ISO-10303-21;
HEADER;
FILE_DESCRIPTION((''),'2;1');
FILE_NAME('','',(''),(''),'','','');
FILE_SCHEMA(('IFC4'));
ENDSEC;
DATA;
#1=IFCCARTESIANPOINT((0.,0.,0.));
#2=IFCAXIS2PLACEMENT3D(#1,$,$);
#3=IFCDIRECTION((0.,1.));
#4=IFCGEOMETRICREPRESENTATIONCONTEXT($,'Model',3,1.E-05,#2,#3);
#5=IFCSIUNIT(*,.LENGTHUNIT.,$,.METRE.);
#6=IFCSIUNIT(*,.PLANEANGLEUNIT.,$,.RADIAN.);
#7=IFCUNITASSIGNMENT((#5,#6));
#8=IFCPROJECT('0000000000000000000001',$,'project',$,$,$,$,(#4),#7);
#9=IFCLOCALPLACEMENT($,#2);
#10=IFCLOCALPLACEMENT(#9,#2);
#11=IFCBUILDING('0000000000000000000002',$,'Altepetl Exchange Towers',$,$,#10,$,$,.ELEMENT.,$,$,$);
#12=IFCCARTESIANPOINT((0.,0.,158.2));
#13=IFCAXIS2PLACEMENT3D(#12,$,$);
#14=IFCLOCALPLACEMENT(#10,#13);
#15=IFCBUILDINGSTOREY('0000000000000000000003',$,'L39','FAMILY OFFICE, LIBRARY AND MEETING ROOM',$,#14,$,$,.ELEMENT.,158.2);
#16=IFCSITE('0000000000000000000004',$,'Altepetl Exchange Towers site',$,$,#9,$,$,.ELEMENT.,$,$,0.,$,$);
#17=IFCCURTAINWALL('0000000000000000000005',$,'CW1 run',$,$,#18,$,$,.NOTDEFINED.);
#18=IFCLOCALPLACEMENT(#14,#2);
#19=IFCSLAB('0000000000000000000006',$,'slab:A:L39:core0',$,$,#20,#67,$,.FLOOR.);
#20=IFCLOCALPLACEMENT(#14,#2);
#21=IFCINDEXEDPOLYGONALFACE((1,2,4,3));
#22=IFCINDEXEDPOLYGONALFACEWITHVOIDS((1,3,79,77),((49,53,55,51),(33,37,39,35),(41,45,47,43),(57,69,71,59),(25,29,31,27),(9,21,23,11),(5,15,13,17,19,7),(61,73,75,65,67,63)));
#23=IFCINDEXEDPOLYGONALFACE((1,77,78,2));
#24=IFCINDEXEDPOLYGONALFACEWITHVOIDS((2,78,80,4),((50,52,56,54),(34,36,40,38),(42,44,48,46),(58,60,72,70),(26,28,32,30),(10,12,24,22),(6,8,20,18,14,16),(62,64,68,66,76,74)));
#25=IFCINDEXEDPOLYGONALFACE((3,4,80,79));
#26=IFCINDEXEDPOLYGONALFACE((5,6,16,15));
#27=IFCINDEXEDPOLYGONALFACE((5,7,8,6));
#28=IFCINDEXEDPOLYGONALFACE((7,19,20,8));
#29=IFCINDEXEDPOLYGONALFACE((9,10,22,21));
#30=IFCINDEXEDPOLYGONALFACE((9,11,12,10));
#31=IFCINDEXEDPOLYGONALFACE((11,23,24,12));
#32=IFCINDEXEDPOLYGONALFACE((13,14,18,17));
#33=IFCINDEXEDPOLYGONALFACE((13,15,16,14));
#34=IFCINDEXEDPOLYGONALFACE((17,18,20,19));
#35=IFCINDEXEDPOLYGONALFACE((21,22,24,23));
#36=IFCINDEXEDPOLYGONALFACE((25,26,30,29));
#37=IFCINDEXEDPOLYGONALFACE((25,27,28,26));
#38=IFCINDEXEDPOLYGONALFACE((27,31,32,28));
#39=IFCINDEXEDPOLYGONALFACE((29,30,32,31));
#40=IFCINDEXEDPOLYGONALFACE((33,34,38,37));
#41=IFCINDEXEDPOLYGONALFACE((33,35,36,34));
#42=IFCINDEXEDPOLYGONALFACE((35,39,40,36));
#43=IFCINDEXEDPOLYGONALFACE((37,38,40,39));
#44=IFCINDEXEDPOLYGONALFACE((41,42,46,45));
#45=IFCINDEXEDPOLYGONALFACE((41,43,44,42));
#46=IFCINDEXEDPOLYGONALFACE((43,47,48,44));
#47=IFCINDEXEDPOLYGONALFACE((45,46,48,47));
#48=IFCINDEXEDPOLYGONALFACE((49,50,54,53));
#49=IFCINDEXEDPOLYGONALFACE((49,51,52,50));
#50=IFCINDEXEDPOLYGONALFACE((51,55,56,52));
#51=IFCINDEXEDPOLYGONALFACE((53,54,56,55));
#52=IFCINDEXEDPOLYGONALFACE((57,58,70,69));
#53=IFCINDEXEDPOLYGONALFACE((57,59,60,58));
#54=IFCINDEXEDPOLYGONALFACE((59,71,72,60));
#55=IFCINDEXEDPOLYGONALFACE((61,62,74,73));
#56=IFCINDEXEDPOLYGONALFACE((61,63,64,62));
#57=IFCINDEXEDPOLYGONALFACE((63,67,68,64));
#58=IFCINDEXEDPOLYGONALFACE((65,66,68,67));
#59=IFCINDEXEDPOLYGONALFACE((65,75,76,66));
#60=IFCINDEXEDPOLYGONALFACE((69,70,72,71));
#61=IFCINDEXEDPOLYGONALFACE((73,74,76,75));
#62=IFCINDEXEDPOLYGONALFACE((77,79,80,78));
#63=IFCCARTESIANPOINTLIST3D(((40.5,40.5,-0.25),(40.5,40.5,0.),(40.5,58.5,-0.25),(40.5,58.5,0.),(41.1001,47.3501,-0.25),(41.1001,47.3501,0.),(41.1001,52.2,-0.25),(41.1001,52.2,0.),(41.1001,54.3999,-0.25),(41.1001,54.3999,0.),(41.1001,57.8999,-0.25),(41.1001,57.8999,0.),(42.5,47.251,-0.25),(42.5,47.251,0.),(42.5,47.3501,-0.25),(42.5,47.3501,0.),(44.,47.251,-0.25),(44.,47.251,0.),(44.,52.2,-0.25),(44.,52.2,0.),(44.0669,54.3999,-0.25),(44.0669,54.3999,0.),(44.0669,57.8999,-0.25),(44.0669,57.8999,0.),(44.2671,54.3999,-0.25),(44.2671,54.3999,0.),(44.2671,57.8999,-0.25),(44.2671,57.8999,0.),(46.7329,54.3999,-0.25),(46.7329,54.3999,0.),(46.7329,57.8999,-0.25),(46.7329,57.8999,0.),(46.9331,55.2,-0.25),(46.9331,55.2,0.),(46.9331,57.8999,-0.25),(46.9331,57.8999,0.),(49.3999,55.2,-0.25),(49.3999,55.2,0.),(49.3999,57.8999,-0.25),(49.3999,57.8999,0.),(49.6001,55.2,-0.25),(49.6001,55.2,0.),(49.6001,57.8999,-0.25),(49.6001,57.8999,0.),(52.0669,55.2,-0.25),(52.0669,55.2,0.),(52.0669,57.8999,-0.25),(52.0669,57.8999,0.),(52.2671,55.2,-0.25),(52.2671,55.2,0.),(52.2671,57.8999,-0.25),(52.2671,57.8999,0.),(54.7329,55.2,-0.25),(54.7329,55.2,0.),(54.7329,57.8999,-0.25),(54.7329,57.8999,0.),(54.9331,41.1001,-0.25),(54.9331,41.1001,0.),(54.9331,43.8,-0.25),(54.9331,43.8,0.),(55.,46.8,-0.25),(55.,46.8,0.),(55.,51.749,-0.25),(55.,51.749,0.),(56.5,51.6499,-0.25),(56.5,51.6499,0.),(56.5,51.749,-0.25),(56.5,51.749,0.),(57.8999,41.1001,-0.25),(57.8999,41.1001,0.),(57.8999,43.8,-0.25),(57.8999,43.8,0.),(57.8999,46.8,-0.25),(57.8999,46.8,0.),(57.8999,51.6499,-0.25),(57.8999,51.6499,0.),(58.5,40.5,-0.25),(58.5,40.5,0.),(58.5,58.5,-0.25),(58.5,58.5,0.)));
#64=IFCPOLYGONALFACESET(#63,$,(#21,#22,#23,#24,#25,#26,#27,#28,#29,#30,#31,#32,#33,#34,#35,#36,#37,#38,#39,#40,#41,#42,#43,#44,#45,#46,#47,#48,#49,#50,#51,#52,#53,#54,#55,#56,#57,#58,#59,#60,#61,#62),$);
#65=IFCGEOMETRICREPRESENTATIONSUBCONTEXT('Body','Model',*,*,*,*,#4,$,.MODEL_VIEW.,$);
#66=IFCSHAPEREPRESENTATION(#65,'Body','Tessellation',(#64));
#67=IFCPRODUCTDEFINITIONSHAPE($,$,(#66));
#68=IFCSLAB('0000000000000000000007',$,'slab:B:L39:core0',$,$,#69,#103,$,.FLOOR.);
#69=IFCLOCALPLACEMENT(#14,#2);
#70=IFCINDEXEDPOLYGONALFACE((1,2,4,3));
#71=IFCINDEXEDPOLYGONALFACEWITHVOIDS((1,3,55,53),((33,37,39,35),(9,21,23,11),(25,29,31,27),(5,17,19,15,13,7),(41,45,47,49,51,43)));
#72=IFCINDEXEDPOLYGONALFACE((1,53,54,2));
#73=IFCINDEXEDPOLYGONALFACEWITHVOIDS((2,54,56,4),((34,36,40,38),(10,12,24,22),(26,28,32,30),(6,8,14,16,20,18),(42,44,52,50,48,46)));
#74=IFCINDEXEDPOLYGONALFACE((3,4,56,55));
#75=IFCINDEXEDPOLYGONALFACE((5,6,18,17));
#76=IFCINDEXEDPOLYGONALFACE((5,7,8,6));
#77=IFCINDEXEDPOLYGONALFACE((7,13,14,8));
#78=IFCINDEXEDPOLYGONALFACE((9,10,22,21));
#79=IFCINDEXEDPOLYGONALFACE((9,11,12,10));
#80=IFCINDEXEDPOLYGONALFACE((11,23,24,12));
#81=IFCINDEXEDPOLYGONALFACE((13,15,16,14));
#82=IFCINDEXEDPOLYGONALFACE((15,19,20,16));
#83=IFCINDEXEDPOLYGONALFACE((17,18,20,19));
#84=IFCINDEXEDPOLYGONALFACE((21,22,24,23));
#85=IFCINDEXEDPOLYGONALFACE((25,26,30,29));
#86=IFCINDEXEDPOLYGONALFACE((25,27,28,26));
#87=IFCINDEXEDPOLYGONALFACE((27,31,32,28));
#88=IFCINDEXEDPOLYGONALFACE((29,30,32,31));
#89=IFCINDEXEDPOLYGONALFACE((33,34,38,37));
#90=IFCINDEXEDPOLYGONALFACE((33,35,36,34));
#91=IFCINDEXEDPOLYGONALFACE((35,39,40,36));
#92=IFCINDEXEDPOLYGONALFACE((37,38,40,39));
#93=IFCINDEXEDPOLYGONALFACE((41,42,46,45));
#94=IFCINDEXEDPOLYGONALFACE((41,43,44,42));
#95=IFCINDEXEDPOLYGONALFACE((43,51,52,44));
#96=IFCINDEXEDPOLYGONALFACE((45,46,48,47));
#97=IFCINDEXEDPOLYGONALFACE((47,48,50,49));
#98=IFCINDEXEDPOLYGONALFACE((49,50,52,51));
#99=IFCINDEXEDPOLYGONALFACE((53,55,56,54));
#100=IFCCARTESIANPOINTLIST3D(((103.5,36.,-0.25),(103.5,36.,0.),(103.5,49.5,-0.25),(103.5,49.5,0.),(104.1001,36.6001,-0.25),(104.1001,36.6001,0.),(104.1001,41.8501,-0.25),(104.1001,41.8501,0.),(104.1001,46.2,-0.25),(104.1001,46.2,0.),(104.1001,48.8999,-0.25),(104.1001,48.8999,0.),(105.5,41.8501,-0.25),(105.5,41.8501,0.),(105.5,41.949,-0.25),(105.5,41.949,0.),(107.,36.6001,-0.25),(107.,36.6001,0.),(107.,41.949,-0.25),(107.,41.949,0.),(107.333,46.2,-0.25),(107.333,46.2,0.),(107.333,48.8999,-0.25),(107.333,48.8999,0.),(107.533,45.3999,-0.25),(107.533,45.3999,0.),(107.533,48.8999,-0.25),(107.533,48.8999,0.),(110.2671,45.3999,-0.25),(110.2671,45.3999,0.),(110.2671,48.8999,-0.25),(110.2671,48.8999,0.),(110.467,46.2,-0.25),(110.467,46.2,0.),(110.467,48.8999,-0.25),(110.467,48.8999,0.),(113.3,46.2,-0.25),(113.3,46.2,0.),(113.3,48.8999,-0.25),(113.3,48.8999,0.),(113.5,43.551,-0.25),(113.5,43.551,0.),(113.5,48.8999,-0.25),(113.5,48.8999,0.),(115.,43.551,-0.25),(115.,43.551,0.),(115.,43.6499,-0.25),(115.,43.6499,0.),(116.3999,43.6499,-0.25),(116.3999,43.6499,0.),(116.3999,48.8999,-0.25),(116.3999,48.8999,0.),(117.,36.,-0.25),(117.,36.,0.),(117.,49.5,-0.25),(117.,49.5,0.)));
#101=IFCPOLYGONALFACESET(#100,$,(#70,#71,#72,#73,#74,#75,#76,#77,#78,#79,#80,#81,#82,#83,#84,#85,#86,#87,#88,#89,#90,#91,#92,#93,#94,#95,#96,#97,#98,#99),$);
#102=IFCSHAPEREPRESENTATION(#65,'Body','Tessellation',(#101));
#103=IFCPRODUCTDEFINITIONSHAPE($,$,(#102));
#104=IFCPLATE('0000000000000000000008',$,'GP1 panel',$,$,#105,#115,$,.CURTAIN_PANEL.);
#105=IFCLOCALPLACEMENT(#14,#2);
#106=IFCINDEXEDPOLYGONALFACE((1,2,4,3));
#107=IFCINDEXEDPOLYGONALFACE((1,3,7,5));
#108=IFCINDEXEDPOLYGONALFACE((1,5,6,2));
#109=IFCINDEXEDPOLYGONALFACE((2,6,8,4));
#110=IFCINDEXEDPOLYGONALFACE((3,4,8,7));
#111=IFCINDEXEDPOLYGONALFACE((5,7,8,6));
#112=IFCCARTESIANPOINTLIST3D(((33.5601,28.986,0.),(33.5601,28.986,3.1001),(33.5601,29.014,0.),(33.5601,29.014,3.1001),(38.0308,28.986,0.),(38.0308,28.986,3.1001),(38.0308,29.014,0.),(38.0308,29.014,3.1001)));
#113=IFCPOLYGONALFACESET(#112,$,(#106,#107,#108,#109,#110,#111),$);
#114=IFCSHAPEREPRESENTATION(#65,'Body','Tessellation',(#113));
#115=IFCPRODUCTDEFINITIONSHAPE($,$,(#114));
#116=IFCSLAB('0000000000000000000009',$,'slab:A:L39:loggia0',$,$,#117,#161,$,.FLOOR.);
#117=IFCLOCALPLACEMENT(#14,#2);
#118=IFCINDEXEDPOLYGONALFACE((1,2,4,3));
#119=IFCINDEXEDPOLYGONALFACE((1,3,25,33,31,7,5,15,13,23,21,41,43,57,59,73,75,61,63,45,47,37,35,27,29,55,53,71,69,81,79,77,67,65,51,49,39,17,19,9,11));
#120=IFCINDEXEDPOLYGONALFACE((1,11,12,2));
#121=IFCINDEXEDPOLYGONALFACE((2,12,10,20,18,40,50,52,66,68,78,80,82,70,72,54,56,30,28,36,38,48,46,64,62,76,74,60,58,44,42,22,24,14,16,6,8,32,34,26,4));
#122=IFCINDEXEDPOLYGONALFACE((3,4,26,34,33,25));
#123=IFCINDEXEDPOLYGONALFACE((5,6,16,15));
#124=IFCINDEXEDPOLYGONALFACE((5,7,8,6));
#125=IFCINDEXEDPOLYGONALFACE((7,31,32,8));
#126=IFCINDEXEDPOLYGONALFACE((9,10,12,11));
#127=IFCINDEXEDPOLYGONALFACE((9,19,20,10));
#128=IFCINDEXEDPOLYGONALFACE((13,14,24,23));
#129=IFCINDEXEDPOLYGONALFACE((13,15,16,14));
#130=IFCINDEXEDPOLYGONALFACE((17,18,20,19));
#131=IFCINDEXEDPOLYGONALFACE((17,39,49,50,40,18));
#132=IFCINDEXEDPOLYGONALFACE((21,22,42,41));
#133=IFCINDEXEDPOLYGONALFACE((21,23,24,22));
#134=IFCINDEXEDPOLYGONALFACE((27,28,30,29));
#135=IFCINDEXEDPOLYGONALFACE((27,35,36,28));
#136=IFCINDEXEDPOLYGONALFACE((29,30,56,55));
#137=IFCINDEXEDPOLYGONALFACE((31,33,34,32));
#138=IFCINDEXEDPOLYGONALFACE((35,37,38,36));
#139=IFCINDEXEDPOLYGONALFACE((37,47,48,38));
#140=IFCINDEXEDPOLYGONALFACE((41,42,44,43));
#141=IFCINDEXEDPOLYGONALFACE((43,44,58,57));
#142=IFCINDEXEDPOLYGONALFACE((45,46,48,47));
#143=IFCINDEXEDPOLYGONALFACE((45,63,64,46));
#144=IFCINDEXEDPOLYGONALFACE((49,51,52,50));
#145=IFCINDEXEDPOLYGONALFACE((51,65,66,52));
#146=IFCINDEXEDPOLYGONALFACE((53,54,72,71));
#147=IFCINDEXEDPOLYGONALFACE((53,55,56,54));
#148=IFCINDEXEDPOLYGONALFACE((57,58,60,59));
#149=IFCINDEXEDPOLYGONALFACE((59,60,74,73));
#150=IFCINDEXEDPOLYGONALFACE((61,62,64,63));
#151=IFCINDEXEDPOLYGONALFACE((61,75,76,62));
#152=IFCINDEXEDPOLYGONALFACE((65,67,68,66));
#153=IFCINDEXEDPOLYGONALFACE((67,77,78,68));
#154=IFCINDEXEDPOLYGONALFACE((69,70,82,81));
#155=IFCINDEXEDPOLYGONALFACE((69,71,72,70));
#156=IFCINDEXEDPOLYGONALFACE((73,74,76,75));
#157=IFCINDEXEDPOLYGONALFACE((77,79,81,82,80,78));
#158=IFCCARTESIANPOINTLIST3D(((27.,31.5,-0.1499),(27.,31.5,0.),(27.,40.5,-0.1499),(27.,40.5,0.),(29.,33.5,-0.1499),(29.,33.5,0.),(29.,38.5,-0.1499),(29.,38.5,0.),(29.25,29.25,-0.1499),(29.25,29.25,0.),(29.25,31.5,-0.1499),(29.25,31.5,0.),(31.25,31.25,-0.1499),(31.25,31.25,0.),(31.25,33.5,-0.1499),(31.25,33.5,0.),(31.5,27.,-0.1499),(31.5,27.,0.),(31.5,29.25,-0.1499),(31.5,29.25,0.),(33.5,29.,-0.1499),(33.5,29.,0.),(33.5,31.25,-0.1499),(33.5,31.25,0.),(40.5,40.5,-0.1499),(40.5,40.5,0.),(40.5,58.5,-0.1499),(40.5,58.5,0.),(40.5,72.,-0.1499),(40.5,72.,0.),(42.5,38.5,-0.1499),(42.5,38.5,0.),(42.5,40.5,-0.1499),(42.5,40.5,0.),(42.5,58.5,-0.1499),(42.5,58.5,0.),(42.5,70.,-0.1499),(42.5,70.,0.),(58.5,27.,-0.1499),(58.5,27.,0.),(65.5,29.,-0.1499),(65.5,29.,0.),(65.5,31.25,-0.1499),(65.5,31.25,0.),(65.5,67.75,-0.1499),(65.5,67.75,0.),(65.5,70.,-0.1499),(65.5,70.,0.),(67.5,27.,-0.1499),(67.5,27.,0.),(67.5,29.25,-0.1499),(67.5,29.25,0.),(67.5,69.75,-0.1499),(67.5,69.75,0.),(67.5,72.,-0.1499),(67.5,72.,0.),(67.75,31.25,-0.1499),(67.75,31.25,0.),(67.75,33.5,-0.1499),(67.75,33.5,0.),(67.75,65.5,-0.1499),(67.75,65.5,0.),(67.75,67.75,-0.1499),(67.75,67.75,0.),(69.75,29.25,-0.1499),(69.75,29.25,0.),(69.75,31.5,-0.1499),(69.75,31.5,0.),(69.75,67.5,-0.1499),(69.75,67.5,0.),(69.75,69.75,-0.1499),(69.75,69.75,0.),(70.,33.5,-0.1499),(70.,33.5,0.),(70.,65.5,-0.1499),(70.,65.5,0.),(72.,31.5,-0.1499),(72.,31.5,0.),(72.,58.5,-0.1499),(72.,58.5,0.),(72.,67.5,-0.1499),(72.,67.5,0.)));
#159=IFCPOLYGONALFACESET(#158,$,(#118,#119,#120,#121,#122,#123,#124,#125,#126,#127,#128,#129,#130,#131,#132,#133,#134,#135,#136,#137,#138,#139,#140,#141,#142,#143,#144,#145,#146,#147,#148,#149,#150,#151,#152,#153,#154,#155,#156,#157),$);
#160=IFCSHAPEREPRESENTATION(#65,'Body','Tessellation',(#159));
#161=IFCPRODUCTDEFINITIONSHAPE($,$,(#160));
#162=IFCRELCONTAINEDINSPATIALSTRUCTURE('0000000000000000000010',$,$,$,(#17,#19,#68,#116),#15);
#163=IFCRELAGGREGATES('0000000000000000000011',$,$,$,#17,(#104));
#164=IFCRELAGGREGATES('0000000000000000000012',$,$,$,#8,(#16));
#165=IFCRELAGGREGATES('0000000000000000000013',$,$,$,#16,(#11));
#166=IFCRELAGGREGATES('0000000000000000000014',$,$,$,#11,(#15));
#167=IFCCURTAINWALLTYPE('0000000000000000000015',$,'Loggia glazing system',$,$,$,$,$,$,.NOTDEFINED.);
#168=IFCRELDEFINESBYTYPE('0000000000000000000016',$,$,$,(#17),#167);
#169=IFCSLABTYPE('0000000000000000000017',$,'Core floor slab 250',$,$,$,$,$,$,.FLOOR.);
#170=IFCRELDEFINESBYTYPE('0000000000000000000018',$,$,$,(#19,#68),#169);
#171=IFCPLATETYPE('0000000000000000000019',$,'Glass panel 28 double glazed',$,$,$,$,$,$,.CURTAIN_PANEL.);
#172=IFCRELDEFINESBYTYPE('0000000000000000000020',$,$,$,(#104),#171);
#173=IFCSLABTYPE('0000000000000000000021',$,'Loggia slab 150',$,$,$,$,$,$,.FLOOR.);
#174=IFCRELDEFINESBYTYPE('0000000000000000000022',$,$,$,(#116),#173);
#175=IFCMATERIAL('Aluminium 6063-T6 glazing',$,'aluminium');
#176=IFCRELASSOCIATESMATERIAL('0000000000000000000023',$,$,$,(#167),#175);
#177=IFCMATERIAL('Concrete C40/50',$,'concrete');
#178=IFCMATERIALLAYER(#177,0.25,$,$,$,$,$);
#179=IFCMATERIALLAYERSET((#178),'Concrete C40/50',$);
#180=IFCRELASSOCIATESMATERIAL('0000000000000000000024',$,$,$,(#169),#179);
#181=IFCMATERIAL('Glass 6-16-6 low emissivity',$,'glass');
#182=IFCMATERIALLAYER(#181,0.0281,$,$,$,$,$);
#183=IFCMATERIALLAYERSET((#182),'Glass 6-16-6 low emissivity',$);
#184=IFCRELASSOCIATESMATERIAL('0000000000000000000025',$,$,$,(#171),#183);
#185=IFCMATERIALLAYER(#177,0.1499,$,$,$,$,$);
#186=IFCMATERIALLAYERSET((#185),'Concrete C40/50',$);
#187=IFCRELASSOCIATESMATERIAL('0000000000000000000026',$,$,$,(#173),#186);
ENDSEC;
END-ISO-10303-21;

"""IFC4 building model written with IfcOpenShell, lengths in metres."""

from ifc_helpers import new_model, si_unit, direction, frame, origin, origin_2d, place, context, subcontext, project, spatial, polyline, rectangle, outline, extrude, material, layer, layer_set, type_object, element, aggregate, save


model = new_model("IFC4")

# Units and contexts
model_context = context("Model", 3, precision=1e-05, world=origin(), true_north=direction((0.0, 1.0)))
body_context = subcontext(model_context, "Body", "Model", "MODEL_VIEW")
ifc_project = project(units=[si_unit("LENGTHUNIT", "METRE"), si_unit("PLANEANGLEUNIT", "RADIAN")], contexts=[model_context])

# Site, building, storey
site_placement = place(None, origin())
site = spatial("IfcSite", under=ifc_project, at=site_placement, Name="Altepetl Exchange Towers site", CompositionType="ELEMENT", RefElevation=0.0)
building_placement = place(site_placement, origin())
building = spatial("IfcBuilding", under=site, at=building_placement, Name="Altepetl Exchange Towers", CompositionType="ELEMENT")
storey_placement = place(building_placement, frame((0.0, 0.0, 158.2)))
storey = spatial("IfcBuildingStorey", under=building, at=storey_placement, Name="L39", Description="FAMILY OFFICE, LIBRARY AND MEETING ROOM", CompositionType="ELEMENT", Elevation=158.2)

# Curtain wall
ifc_material_1 = material(Name="Aluminium 6063-T6 glazing", Category="aluminium")
curtain_wall_type = type_object("IfcCurtainWallType", Name="Loggia glazing system", PredefinedType="NOTDEFINED", material=ifc_material_1)
curtain_wall_placement = place(storey_placement, origin())
curtain_wall = element("IfcCurtainWall", 1, at=curtain_wall_placement, inside=storey, type_object=curtain_wall_type, Name="CW1 run", PredefinedType="NOTDEFINED")

# Slabs
ifc_material_2 = material(Name="Concrete C40/50", Category="concrete")
ifc_layer_1 = layer(ifc_material_2, 0.25)
ifc_layer_set_1 = layer_set([ifc_layer_1], Name="Concrete C40/50")
slab_type_1 = type_object("IfcSlabType", Name="Core floor slab 250", PredefinedType="FLOOR", material=ifc_layer_set_1)
slab_1_placement = place(storey_placement, frame((0.0, 0.0, -0.25)))
element("IfcSlab", 2, at=slab_1_placement, inside=storey, type_object=slab_type_1, Name="slab:A:L39:core0", PredefinedType="FLOOR", context=body_context, shape_type="SweptSolid", body=[
    extrude(outline(polyline([(40.5, 40.5), (58.5, 40.5), (58.5, 58.5), (40.5, 58.5), (40.5, 40.5)]), holes=[polyline([(54.9331, 43.8), (57.8999, 43.8), (57.8999, 41.1001), (54.9331, 41.1001), (54.9331, 43.8)]), polyline([(55.0, 51.749), (56.5, 51.749), (56.5, 51.6499), (57.8999, 51.6499), (57.8999, 46.8), (55.0, 46.8), (55.0, 51.749)]), polyline([(44.0, 47.251), (42.5, 47.251), (42.5, 47.3501), (41.1001, 47.3501), (41.1001, 52.2), (44.0, 52.2), (44.0, 47.251)]), polyline([(41.1001, 57.8999), (44.0669, 57.8999), (44.0669, 54.3999), (41.1001, 54.3999), (41.1001, 57.8999)]), polyline([(44.2671, 57.8999), (46.7329, 57.8999), (46.7329, 54.3999), (44.2671, 54.3999), (44.2671, 57.8999)]), polyline([(46.9331, 57.8999), (49.3999, 57.8999), (49.3999, 55.2), (46.9331, 55.2), (46.9331, 57.8999)]), polyline([(49.6001, 57.8999), (52.0669, 57.8999), (52.0669, 55.2), (49.6001, 55.2), (49.6001, 57.8999)]), polyline([(52.2671, 57.8999), (54.7329, 57.8999), (54.7329, 55.2), (52.2671, 55.2), (52.2671, 57.8999)])]), origin(), (0.0, 0.0, 1.0), 0.25),
])
slab_2_placement = place(storey_placement, frame((0.0, 0.0, -0.25)))
element("IfcSlab", 3, at=slab_2_placement, inside=storey, type_object=slab_type_1, Name="slab:B:L39:core0", PredefinedType="FLOOR", context=body_context, shape_type="SweptSolid", body=[
    extrude(outline(polyline([(103.5, 36.0), (117.0, 36.0), (117.0, 49.5), (103.5, 49.5), (103.5, 36.0)]), holes=[polyline([(107.0, 36.6001), (104.1001, 36.6001), (104.1001, 41.8501), (105.5, 41.8501), (105.5, 41.949), (107.0, 41.949), (107.0, 36.6001)]), polyline([(113.5, 48.8999), (116.3999, 48.8999), (116.3999, 43.6499), (115.0, 43.6499), (115.0, 43.551), (113.5, 43.551), (113.5, 48.8999)]), polyline([(107.533, 45.3999), (107.533, 48.8999), (110.2671, 48.8999), (110.2671, 45.3999), (107.533, 45.3999)]), polyline([(104.1001, 48.8999), (107.333, 48.8999), (107.333, 46.2), (104.1001, 46.2), (104.1001, 48.8999)]), polyline([(110.467, 48.8999), (113.3, 48.8999), (113.3, 46.2), (110.467, 46.2), (110.467, 48.8999)])]), origin(), (0.0, 0.0, 1.0), 0.25),
])

# Plate
ifc_material_3 = material(Name="Glass 6-16-6 low emissivity", Category="glass")
ifc_layer_2 = layer(ifc_material_3, 0.0281)
ifc_layer_set_2 = layer_set([ifc_layer_2], Name="Glass 6-16-6 low emissivity")
plate_type = type_object("IfcPlateType", Name="Glass panel 28 double glazed", PredefinedType="CURTAIN_PANEL", material=ifc_layer_set_2)
plate_placement = place(storey_placement, frame((35.7954, 29.0, 0.0)))
plate = element("IfcPlate", 4, at=plate_placement, type_object=plate_type, Name="GP1 panel", PredefinedType="CURTAIN_PANEL", context=body_context, shape_type="SweptSolid", body=[
    extrude(rectangle(XDim=4.4707, YDim=0.0281, at=origin_2d()), origin(), (0.0, 0.0, 1.0), 3.1001),
])
aggregate(curtain_wall, [plate])

# Slab
ifc_layer_3 = layer(ifc_material_2, 0.1499)
ifc_layer_set_3 = layer_set([ifc_layer_3], Name="Concrete C40/50")
slab_type_2 = type_object("IfcSlabType", Name="Loggia slab 150", PredefinedType="FLOOR", material=ifc_layer_set_3)
slab_3_placement = place(storey_placement, frame((0.0, 0.0, -0.1499)))
element("IfcSlab", 5, at=slab_3_placement, inside=storey, type_object=slab_type_2, Name="slab:A:L39:loggia0", PredefinedType="FLOOR", context=body_context, shape_type="SweptSolid", body=[
    extrude(outline(polyline([(40.5, 72.0), (40.5, 58.5), (42.5, 58.5), (42.5, 70.0), (65.5, 70.0), (65.5, 67.75), (67.75, 67.75), (67.75, 65.5), (70.0, 65.5), (70.0, 33.5), (67.75, 33.5), (67.75, 31.25), (65.5, 31.25), (65.5, 29.0), (33.5, 29.0), (33.5, 31.25), (31.25, 31.25), (31.25, 33.5), (29.0, 33.5), (29.0, 38.5), (42.5, 38.5), (42.5, 40.5), (40.5, 40.5), (27.0, 40.5), (27.0, 31.5), (29.25, 31.5), (29.25, 29.25), (31.5, 29.25), (31.5, 27.0), (58.5, 27.0), (67.5, 27.0), (67.5, 29.25), (69.75, 29.25), (69.75, 31.5), (72.0, 31.5), (72.0, 58.5), (72.0, 67.5), (69.75, 67.5), (69.75, 69.75), (67.5, 69.75), (67.5, 72.0), (40.5, 72.0)])), origin(), (0.0, 0.0, 1.0), 0.1499),
])

save(model, "model.ifc")
